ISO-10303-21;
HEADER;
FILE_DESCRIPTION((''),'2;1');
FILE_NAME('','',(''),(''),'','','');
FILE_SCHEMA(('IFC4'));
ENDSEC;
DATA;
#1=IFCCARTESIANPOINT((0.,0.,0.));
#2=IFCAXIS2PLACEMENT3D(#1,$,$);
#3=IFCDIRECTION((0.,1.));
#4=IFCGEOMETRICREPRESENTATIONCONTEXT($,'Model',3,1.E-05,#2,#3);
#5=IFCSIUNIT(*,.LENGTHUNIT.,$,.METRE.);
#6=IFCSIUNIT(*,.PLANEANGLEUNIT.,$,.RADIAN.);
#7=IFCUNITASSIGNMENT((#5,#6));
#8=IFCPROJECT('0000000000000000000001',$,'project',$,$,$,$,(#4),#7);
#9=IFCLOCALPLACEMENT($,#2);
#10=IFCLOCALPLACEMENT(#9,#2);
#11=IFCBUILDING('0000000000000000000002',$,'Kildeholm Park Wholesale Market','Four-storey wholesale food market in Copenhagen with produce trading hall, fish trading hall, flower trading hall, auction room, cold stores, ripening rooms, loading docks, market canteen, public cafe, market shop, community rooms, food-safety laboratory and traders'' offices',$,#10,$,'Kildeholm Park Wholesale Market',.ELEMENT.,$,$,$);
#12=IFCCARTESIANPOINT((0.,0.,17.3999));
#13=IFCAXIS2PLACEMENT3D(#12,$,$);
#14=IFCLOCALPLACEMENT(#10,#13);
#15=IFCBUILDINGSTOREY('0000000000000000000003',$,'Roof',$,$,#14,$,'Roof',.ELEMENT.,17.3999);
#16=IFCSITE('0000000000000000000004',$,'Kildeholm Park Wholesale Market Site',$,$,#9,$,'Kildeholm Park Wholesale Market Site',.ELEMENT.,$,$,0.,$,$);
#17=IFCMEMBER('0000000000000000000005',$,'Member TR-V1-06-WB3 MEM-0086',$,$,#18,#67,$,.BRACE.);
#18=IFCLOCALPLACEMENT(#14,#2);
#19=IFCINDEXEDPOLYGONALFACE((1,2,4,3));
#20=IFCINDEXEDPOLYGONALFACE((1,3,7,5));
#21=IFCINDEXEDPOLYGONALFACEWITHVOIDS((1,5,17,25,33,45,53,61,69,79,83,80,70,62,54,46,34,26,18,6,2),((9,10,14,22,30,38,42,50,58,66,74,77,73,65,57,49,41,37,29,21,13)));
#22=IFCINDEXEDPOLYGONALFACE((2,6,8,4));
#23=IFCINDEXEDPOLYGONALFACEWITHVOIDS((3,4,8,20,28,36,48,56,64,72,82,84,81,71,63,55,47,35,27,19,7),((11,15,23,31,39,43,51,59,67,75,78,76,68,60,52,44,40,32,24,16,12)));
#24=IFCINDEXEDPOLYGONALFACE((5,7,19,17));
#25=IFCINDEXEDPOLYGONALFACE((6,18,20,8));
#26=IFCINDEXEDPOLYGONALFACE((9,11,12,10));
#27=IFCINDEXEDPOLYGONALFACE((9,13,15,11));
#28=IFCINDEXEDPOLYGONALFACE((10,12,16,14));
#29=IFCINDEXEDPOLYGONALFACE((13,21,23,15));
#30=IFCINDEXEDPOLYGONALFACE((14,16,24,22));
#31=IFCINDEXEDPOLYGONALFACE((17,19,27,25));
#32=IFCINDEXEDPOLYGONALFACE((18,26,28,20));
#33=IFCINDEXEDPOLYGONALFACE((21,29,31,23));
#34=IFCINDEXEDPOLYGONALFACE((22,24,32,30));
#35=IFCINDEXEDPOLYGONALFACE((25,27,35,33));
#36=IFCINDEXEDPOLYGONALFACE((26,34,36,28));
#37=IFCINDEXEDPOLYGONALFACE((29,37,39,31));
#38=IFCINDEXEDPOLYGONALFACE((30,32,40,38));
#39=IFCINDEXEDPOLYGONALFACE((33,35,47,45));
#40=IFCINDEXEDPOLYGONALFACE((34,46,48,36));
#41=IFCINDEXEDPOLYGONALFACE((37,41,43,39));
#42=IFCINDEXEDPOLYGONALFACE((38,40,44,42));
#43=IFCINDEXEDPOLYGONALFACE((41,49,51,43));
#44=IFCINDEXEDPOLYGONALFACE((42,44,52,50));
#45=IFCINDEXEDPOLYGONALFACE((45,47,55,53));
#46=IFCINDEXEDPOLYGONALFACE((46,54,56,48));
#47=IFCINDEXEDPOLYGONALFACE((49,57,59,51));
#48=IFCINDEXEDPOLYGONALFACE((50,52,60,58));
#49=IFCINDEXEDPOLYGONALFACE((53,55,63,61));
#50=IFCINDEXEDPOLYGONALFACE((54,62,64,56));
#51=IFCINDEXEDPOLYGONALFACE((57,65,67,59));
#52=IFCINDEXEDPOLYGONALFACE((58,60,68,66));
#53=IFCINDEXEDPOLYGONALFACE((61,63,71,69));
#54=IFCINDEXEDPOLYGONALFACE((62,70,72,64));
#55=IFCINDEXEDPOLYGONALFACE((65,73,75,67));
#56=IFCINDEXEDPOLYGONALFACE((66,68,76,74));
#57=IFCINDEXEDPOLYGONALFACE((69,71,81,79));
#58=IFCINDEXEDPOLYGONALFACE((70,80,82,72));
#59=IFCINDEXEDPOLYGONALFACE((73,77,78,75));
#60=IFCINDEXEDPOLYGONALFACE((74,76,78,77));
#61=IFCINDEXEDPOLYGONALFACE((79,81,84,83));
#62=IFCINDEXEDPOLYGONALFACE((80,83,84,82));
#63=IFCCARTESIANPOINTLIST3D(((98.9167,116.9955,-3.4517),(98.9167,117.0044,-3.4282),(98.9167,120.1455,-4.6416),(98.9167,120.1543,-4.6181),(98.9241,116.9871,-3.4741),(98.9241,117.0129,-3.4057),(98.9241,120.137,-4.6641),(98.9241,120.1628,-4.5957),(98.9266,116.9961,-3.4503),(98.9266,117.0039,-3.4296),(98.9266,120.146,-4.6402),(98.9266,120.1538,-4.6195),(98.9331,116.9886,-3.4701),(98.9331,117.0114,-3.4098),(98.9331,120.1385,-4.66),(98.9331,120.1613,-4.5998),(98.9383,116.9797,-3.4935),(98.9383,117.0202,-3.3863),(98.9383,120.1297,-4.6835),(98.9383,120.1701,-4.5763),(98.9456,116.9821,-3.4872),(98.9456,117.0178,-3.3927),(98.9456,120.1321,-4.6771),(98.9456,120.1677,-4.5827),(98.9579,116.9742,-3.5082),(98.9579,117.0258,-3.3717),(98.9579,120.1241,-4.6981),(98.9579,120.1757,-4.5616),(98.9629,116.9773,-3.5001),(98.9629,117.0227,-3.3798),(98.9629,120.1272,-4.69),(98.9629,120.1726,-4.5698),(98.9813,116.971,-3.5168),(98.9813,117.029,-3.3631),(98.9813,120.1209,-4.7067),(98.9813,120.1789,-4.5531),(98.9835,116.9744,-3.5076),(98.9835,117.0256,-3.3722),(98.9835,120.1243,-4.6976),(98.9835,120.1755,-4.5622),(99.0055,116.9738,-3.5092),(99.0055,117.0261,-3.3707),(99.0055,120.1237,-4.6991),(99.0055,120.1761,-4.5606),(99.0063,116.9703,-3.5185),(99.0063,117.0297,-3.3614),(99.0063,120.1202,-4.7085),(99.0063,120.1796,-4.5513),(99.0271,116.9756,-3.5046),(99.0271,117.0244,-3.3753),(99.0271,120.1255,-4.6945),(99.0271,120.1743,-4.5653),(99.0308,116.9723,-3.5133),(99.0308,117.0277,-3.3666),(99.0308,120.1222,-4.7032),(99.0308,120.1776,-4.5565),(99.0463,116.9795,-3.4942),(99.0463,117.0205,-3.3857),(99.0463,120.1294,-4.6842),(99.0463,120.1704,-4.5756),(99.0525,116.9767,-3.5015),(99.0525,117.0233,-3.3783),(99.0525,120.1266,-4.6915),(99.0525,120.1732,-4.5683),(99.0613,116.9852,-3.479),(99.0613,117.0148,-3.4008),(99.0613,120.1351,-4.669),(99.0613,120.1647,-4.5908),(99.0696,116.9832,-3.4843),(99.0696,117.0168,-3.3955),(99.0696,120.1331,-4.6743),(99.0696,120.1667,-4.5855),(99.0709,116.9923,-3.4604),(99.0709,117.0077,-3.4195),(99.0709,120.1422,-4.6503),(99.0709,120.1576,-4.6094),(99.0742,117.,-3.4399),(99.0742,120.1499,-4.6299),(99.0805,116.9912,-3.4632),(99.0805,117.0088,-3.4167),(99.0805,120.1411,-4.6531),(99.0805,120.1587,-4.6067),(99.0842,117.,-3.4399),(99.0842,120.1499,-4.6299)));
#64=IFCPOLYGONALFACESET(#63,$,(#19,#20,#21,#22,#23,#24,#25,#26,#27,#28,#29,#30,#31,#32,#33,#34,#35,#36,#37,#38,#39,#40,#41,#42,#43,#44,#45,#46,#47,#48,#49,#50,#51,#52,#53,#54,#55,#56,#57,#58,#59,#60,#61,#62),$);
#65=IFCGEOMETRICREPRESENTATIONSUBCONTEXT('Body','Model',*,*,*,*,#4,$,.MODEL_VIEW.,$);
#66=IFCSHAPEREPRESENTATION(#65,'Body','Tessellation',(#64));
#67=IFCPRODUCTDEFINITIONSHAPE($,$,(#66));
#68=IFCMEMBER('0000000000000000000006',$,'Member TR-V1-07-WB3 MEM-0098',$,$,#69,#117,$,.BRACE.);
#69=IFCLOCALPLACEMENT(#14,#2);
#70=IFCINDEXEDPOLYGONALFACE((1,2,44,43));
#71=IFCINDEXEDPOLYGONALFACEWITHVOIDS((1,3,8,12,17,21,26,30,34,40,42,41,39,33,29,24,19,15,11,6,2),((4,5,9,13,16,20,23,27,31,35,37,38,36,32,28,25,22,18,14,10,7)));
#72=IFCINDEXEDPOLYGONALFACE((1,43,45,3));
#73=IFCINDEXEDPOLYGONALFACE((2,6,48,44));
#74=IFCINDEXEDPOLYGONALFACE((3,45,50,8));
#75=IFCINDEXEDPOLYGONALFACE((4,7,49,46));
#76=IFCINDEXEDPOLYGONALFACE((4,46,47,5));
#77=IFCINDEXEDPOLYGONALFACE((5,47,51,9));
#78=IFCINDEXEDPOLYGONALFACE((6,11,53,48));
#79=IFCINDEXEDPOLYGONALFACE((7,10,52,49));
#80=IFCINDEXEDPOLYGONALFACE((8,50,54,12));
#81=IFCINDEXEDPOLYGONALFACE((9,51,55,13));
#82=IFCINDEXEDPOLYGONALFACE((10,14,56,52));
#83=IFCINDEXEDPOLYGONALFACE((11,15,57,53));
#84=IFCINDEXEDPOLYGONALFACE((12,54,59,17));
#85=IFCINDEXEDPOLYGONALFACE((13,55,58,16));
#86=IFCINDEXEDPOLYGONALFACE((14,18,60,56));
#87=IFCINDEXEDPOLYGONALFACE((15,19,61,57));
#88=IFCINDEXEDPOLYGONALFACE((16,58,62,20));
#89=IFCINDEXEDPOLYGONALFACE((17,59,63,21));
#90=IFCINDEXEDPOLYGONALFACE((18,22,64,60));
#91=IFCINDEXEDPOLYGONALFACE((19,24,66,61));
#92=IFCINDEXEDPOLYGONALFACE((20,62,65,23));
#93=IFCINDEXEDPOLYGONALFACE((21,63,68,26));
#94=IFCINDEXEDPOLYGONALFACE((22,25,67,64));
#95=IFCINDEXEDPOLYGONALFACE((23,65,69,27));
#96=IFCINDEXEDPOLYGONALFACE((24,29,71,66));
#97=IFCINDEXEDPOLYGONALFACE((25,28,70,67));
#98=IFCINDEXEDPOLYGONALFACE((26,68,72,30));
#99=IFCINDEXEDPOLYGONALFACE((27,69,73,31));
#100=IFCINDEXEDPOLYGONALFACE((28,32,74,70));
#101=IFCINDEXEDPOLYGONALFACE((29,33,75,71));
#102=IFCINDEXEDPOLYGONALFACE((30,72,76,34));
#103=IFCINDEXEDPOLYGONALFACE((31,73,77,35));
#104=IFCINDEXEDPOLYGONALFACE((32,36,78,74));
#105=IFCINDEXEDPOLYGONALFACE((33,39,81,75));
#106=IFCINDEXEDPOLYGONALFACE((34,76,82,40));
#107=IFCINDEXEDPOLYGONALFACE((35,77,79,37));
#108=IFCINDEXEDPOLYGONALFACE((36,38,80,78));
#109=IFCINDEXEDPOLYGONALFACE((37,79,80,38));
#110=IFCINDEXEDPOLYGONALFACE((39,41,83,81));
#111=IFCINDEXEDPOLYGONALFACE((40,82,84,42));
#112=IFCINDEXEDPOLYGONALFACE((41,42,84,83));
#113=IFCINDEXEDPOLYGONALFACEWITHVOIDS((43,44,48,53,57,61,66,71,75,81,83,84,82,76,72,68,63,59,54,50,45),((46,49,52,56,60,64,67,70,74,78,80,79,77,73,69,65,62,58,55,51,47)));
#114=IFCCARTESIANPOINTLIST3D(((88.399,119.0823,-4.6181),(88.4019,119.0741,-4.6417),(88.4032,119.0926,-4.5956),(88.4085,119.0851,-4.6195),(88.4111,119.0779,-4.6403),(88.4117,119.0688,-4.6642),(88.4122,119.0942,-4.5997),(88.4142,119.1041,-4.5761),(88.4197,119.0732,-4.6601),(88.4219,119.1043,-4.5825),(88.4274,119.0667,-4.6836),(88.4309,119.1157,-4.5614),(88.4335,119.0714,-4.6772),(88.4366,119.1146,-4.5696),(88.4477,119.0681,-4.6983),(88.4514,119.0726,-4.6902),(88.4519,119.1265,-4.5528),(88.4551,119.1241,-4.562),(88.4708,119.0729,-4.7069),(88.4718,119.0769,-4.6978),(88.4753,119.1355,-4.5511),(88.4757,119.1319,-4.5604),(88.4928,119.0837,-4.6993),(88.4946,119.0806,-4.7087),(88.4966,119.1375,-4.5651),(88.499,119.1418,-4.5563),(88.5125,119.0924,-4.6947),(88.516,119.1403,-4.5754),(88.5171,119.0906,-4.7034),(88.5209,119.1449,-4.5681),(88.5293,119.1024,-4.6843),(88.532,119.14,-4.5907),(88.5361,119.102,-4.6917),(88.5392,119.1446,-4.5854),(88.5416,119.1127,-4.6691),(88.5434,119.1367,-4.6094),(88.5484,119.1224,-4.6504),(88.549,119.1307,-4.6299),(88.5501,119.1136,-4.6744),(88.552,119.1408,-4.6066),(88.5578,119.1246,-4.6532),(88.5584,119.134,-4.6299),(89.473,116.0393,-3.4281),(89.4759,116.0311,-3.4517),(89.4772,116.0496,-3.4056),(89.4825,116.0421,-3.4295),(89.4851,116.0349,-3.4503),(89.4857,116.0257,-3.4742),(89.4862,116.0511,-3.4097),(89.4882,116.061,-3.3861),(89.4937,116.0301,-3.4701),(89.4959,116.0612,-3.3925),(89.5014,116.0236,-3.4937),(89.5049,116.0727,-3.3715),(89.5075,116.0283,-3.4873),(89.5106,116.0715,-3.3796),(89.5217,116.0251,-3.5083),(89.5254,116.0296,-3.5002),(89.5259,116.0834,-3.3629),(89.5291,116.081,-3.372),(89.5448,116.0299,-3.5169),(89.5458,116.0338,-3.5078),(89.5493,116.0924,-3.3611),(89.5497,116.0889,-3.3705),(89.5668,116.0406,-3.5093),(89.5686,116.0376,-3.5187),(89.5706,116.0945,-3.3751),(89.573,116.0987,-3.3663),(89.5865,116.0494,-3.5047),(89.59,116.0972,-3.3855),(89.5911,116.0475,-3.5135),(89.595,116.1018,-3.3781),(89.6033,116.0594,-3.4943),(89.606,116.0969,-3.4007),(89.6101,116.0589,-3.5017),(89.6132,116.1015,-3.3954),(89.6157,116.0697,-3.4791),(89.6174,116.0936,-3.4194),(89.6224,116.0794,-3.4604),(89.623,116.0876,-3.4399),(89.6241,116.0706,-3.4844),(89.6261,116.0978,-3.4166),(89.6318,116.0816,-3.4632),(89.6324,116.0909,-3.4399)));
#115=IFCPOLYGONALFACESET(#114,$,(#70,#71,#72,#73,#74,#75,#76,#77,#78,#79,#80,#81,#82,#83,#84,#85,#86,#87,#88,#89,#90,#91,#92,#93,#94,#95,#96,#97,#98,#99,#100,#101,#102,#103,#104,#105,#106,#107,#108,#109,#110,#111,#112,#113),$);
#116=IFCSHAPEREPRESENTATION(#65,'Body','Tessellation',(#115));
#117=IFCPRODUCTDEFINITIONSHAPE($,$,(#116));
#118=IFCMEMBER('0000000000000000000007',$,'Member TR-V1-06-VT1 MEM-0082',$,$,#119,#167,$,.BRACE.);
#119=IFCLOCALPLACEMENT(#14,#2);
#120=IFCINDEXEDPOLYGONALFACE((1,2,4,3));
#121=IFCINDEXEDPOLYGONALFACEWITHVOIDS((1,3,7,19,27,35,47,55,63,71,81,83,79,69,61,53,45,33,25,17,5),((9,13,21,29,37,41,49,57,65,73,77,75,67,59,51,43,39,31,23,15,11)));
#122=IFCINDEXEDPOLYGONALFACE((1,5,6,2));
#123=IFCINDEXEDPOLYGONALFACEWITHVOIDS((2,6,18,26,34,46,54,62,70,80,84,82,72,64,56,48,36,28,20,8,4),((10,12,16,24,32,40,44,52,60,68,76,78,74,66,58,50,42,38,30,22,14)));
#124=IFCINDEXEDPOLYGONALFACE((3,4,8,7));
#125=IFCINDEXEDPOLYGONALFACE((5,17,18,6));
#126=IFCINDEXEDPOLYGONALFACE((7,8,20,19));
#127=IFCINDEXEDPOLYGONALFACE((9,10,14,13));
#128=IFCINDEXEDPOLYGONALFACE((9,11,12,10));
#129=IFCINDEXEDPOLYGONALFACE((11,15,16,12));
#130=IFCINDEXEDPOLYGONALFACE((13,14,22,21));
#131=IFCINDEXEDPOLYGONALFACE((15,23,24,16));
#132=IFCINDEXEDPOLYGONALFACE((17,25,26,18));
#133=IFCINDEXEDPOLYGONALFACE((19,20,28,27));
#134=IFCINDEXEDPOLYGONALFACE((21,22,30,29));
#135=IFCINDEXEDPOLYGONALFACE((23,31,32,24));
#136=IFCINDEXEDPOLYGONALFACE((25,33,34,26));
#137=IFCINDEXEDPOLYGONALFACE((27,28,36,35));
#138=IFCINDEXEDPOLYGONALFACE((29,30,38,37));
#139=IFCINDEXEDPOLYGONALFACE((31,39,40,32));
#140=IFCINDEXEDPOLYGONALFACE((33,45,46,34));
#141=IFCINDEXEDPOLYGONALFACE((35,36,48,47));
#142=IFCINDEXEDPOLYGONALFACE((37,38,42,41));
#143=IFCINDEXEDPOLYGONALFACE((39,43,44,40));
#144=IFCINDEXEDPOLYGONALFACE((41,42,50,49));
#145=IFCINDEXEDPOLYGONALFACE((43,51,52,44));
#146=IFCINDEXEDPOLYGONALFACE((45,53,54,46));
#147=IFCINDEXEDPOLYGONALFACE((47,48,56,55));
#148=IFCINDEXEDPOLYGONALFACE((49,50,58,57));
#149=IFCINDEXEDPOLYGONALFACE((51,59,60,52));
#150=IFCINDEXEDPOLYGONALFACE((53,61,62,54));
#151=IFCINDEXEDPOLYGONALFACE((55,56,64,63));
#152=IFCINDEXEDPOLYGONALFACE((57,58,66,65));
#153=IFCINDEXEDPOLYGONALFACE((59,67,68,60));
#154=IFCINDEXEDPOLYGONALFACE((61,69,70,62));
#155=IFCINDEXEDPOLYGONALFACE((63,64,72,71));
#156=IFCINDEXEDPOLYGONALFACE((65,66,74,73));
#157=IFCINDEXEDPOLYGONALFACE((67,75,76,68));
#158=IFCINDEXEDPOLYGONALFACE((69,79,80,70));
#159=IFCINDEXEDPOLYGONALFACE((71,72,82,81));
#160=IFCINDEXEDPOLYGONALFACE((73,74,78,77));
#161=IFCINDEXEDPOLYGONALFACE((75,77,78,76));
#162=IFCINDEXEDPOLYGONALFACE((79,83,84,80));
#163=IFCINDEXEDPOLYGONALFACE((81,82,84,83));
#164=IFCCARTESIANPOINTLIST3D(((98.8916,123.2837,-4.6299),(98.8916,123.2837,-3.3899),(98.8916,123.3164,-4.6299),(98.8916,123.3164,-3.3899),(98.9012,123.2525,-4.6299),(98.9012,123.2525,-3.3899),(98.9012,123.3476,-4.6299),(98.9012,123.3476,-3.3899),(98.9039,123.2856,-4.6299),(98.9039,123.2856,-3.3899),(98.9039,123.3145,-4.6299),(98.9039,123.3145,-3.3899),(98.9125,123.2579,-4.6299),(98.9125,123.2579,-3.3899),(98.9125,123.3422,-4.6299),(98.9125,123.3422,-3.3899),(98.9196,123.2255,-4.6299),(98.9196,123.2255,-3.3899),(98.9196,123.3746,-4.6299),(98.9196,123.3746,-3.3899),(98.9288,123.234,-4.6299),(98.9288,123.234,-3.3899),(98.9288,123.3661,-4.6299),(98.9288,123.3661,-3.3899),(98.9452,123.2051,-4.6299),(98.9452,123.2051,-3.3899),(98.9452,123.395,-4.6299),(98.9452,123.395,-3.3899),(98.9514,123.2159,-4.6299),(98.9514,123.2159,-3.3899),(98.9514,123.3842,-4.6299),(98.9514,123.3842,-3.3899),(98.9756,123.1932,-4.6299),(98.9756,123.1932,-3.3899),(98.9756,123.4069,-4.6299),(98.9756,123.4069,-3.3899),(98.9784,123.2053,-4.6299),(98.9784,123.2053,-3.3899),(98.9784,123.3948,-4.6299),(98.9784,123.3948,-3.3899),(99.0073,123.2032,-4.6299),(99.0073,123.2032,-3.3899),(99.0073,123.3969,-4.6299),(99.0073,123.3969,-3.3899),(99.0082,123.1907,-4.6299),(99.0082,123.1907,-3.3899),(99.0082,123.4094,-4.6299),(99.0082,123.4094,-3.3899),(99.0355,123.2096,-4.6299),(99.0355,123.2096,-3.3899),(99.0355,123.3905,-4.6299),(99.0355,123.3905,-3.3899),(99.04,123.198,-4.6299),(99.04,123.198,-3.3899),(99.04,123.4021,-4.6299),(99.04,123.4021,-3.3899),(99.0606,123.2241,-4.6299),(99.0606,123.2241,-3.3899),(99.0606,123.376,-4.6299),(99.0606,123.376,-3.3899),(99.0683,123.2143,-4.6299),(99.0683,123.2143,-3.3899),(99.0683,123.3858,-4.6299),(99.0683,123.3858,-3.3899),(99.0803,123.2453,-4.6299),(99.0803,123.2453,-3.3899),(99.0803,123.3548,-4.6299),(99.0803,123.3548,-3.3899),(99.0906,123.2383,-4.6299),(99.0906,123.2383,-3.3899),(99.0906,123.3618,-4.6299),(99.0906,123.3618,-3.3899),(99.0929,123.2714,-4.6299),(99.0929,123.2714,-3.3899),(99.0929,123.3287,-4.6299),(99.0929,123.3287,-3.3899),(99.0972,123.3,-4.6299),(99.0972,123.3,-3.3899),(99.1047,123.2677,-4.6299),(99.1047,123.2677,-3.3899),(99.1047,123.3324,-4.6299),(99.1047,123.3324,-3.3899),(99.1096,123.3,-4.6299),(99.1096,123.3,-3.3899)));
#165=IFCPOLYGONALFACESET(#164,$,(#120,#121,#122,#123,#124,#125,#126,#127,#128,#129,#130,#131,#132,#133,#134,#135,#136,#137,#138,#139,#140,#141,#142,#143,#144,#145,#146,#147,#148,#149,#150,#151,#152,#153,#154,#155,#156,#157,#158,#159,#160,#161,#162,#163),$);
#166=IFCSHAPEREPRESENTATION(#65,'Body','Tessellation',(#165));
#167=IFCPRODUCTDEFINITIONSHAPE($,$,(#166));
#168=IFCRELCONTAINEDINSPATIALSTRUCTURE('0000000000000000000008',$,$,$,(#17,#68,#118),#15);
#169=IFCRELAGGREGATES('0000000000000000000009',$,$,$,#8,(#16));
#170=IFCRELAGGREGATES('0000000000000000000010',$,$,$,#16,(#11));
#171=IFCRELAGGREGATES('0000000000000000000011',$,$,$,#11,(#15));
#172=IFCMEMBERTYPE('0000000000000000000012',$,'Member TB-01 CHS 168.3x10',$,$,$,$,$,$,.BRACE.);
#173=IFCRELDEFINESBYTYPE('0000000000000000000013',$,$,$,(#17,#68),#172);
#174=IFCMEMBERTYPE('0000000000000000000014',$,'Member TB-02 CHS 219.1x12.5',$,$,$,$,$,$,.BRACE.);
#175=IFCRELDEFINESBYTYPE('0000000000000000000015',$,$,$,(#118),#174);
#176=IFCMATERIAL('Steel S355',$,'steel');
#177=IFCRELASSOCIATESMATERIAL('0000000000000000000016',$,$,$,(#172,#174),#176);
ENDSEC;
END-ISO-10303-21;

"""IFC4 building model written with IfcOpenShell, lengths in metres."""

from ifc_helpers import new_model, si_unit, direction, frame, origin, origin_2d, place, context, subcontext, project, spatial, hollow_circle, extrude, material, material_profile, profile_set, type_object, element, save


model = new_model("IFC4")

# Units and contexts
model_context = context("Model", 3, precision=1e-05, world=origin(), true_north=direction((0.0, 1.0)))
body_context = subcontext(model_context, "Body", "Model", "MODEL_VIEW")
ifc_project = project(units=[si_unit("LENGTHUNIT", "METRE"), si_unit("PLANEANGLEUNIT", "RADIAN")], contexts=[model_context])

# Site, building, storey
site_placement = place(None, origin())
site = spatial("IfcSite", under=ifc_project, at=site_placement, Name="Kildeholm Park Wholesale Market Site", LongName="Kildeholm Park Wholesale Market Site", CompositionType="ELEMENT", RefElevation=0.0)
building_placement = place(site_placement, origin())
building = spatial("IfcBuilding", under=site, at=building_placement, Name="Kildeholm Park Wholesale Market", Description="Four-storey wholesale food market in Copenhagen with produce trading hall, fish trading hall, flower trading hall, auction room, cold stores, ripening rooms, loading docks, market canteen, public cafe, market shop, community rooms, food-safety laboratory and traders' offices", LongName="Kildeholm Park Wholesale Market", CompositionType="ELEMENT")
storey_placement = place(building_placement, frame((0.0, 0.0, 17.3999)))
storey = spatial("IfcBuildingStorey", under=building, at=storey_placement, Name="Roof", LongName="Roof", CompositionType="ELEMENT", Elevation=17.3999)

# Shared definitions
ifc_material_1 = material(Name="Steel S355", Category="steel")

# Members
ifc_material_profile_1 = material_profile(ifc_material_1, hollow_circle(Radius=0.0842, WallThickness=0.01, at=origin_2d()), Name="CHS 168.3x10")
ifc_profile_set_1 = profile_set([ifc_material_profile_1], Name="Steel S355")
member_type_1 = type_object("IfcMemberType", Name="Member TB-01 CHS 168.3x10", PredefinedType="BRACE", material=ifc_profile_set_1)
member_1_placement = place(storey_placement, frame((99.0, 120.1499, -4.6299), z_axis=(0.0, -0.935474, 0.353395), x_axis=(1.0, 0.0, 0.0)))
element("IfcMember", 1, at=member_1_placement, inside=storey, type_object=member_type_1, Name="Member TR-V1-06-WB3 MEM-0086", PredefinedType="BRACE", context=body_context, shape_type="SweptSolid", body=[
    extrude(hollow_circle(Radius=0.0842, WallThickness=0.01, at=origin_2d()), origin(), (0.0, 0.0, 1.0), 3.3672),
])
member_2_placement = place(storey_placement, frame((88.479, 119.106, -4.6299), z_axis=(0.312262, -0.884754, 0.34598), x_axis=(0.942992, 0.332816, 0.0)))
element("IfcMember", 2, at=member_2_placement, inside=storey, type_object=member_type_1, Name="Member TR-V1-07-WB3 MEM-0098", PredefinedType="BRACE", context=body_context, shape_type="SweptSolid", body=[
    extrude(hollow_circle(Radius=0.0842, WallThickness=0.01, at=origin_2d()), origin(), (0.0, 0.0, 1.0), 3.4395),
])
ifc_material_profile_2 = material_profile(ifc_material_1, hollow_circle(Radius=0.1096, WallThickness=0.0125, at=origin_2d()), Name="CHS 219.1x12.5")
ifc_profile_set_2 = profile_set([ifc_material_profile_2], Name="Steel S355")
member_type_2 = type_object("IfcMemberType", Name="Member TB-02 CHS 219.1x12.5", PredefinedType="BRACE", material=ifc_profile_set_2)
member_3_placement = place(storey_placement, frame((99.0, 123.3, -4.6299), z_axis=(0.0, 0.0, 1.0), x_axis=(1.0, 0.0, 0.0)))
element("IfcMember", 3, at=member_3_placement, inside=storey, type_object=member_type_2, Name="Member TR-V1-06-VT1 MEM-0082", PredefinedType="BRACE", context=body_context, shape_type="SweptSolid", body=[
    extrude(hollow_circle(Radius=0.1096, WallThickness=0.0125, at=origin_2d()), origin(), (0.0, 0.0, 1.0), 1.24),
])

save(model, "model.ifc")
